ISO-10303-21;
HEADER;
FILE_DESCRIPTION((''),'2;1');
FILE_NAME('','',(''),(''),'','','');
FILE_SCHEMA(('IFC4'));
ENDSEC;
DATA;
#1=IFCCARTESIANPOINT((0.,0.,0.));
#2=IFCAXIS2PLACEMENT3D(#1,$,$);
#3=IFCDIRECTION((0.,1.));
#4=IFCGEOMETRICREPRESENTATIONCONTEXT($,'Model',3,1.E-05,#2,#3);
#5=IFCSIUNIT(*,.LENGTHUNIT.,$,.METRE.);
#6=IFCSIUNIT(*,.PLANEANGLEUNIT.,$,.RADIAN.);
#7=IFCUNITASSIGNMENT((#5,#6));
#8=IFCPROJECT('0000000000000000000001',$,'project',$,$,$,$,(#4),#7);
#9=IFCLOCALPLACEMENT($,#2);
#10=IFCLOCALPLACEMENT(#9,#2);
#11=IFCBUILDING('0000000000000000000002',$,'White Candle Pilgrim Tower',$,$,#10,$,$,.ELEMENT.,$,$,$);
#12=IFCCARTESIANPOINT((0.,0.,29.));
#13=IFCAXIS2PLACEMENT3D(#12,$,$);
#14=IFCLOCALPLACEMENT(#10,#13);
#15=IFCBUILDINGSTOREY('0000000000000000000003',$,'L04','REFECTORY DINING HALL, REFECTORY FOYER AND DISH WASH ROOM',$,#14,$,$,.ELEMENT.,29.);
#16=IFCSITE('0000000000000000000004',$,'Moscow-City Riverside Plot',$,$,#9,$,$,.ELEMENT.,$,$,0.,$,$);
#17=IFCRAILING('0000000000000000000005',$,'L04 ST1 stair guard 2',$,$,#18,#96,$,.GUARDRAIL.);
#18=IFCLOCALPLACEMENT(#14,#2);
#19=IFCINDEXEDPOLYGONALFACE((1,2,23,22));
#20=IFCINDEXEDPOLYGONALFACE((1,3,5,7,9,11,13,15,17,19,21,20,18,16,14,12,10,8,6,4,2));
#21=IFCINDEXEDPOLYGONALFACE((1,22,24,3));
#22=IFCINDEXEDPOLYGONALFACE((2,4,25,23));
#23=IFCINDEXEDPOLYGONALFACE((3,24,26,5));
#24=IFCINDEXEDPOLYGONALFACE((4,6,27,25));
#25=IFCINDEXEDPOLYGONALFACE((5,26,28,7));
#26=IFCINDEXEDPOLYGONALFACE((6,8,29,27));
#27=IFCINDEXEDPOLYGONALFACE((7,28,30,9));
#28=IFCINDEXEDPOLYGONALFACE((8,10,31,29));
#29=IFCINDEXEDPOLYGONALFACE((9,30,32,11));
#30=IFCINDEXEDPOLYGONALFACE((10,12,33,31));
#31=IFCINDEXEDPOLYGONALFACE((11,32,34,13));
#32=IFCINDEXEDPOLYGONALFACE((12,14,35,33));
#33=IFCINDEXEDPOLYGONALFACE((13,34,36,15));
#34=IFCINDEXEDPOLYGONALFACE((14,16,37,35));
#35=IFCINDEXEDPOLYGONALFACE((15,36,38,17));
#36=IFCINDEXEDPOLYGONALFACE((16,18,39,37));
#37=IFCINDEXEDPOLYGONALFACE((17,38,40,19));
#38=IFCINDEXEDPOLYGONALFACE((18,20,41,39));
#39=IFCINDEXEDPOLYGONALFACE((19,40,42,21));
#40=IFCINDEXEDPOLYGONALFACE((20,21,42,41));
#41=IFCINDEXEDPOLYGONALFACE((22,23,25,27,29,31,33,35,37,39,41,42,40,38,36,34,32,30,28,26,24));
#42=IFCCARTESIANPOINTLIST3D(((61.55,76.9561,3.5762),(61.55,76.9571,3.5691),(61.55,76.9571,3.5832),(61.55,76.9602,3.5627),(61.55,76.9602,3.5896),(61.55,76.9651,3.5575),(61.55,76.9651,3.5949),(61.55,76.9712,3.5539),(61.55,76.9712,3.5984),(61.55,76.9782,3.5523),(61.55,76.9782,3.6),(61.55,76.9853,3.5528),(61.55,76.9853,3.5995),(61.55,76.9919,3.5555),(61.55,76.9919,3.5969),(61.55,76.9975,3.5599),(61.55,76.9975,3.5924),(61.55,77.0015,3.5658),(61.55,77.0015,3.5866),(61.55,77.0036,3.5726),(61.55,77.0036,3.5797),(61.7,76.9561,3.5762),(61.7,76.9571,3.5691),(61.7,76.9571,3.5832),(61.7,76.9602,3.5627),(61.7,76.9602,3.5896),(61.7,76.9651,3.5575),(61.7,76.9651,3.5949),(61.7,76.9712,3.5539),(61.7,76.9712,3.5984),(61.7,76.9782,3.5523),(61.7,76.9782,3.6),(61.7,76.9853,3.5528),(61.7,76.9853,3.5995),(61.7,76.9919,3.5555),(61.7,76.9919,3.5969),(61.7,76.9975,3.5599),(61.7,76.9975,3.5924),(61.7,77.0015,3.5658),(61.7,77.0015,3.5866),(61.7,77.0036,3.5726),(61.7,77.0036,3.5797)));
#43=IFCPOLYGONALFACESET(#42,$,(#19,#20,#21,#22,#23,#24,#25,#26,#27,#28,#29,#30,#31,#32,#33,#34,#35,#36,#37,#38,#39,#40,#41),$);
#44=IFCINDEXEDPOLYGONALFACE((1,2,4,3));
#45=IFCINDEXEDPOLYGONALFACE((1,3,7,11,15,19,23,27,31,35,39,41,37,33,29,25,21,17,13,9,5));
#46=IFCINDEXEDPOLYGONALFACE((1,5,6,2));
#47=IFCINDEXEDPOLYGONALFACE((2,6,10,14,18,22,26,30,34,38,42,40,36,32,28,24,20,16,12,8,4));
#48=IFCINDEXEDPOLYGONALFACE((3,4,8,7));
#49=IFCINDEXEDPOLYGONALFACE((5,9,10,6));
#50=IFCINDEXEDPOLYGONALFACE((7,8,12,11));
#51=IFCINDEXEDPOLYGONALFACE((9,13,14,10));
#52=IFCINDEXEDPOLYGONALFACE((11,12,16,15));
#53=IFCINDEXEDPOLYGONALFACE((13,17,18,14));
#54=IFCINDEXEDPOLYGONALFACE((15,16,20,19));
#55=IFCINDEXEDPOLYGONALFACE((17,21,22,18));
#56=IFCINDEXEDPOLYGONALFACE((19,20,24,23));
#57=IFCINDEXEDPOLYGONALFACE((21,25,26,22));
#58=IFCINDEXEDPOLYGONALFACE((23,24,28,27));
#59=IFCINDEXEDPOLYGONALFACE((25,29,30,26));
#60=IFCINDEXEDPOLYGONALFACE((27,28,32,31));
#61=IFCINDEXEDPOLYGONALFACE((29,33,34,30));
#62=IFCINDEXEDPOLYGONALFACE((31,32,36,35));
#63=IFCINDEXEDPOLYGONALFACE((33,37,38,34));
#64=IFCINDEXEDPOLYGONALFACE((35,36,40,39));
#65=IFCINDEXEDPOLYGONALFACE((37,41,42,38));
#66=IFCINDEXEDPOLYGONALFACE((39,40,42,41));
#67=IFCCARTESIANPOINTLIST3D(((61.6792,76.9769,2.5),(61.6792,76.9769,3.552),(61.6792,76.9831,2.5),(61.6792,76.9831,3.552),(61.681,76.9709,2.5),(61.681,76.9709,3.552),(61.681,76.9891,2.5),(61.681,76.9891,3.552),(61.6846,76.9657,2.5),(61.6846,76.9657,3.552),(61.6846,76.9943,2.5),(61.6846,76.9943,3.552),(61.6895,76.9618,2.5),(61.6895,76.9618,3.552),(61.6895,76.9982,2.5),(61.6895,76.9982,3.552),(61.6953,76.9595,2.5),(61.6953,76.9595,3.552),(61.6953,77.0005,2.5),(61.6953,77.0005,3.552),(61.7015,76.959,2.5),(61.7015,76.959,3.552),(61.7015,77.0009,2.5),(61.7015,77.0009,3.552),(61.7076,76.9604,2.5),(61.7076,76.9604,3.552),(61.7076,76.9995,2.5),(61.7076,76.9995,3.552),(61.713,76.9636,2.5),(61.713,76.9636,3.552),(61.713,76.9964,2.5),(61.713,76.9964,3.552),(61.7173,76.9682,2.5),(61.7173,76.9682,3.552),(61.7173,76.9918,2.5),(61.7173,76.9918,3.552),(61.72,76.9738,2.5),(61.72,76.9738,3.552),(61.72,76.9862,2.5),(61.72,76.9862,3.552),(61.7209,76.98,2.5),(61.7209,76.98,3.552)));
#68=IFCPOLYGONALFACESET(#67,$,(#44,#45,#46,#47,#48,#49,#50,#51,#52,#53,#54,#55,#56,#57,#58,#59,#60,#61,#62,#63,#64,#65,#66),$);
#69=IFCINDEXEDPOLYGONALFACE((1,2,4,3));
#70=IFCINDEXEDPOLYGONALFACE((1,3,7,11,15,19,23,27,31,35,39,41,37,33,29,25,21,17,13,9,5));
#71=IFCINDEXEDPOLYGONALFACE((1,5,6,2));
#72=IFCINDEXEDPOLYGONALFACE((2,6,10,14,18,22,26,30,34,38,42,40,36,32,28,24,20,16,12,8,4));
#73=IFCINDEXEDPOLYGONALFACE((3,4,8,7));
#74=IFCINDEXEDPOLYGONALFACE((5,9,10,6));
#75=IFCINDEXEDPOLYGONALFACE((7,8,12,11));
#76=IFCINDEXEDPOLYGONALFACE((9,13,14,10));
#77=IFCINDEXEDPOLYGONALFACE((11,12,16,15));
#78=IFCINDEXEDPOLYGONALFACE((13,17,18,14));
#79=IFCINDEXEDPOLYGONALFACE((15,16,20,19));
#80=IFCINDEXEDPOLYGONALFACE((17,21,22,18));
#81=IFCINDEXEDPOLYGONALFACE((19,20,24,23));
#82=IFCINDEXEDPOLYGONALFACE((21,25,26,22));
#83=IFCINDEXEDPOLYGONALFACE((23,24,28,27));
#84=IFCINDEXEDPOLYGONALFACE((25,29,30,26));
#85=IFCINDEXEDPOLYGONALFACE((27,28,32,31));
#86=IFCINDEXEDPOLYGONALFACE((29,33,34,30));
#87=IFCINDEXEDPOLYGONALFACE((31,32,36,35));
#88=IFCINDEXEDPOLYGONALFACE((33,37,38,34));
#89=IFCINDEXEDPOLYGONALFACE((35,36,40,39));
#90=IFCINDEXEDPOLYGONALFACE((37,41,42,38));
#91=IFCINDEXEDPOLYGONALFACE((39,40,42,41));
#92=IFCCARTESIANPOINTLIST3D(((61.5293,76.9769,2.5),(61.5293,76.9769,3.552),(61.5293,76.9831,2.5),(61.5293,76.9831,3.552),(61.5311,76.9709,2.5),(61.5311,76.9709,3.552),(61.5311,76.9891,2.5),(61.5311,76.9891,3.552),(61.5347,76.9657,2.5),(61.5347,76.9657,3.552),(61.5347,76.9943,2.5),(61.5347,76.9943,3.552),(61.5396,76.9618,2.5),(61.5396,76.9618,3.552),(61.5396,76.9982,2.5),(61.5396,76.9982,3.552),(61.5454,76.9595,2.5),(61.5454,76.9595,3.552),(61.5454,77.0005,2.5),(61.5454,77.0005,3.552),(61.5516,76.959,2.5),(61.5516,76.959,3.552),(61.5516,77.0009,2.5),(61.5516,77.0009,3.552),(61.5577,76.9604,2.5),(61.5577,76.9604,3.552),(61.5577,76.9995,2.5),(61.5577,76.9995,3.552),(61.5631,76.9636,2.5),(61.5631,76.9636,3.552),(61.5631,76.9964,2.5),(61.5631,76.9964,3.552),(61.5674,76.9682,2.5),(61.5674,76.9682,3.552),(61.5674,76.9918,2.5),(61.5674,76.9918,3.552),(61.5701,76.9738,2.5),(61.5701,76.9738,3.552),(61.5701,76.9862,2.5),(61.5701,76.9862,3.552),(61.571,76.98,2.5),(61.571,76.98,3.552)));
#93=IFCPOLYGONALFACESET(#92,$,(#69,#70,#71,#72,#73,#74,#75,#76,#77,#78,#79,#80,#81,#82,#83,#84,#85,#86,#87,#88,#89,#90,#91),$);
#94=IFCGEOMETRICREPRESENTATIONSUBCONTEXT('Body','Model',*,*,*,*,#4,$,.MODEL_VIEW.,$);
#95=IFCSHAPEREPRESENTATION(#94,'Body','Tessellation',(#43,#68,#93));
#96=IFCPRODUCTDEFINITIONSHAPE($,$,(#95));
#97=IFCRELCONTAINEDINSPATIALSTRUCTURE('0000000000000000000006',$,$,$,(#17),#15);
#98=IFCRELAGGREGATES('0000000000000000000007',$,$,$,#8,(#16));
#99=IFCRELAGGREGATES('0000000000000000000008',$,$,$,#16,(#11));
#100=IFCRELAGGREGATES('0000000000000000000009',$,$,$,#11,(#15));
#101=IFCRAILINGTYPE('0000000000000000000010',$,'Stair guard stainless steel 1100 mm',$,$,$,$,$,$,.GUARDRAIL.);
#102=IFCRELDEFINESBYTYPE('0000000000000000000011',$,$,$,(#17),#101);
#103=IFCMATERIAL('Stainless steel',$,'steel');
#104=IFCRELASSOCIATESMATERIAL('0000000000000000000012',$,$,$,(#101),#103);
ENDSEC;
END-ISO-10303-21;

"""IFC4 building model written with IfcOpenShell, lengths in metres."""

from ifc_helpers import new_model, si_unit, direction, frame, origin, origin_2d, place, context, subcontext, project, spatial, circle, extrude, material, type_object, element, save


model = new_model("IFC4")

# Units and contexts
model_context = context("Model", 3, precision=1e-05, world=origin(), true_north=direction((0.0, 1.0)))
body_context = subcontext(model_context, "Body", "Model", "MODEL_VIEW")
ifc_project = project(units=[si_unit("LENGTHUNIT", "METRE"), si_unit("PLANEANGLEUNIT", "RADIAN")], contexts=[model_context])

# Site, building, storey
site_placement = place(None, origin())
site = spatial("IfcSite", under=ifc_project, at=site_placement, Name="Moscow-City Riverside Plot", CompositionType="ELEMENT", RefElevation=0.0)
building_placement = place(site_placement, origin())
building = spatial("IfcBuilding", under=site, at=building_placement, Name="White Candle Pilgrim Tower", CompositionType="ELEMENT")
storey_placement = place(building_placement, frame((0.0, 0.0, 29.0)))
storey = spatial("IfcBuildingStorey", under=building, at=storey_placement, Name="L04", Description="REFECTORY DINING HALL, REFECTORY FOYER AND DISH WASH ROOM", CompositionType="ELEMENT", Elevation=29.0)

# Railing
ifc_material_1 = material(Name="Stainless steel", Category="steel")
railing_type_1 = type_object("IfcRailingType", Name="Stair guard stainless steel 1100 mm", PredefinedType="GUARDRAIL", material=ifc_material_1)
railing_1_placement = place(storey_placement, frame((61.7, 76.98, 2.5)))
element("IfcRailing", 1, at=railing_1_placement, inside=storey, type_object=railing_type_1, Name="L04 ST1 stair guard 2", PredefinedType="GUARDRAIL", context=body_context, shape_type="SweptSolid", body=[
    extrude(circle(Radius=0.0239, at=origin_2d()), frame((0.0, 0.0, 1.0762), z_axis=(-1.0, 0.0, 0.0), x_axis=(0.0, -1.0, 0.0)), (0.0, 0.0, 1.0), 0.1499),
    extrude(circle(Radius=0.021, at=origin_2d()), origin(), (0.0, 0.0, 1.0), 1.052),
    extrude(circle(Radius=0.021, at=origin_2d()), frame((-0.1499, 0.0, 0.0)), (0.0, 0.0, 1.0), 1.052),
])

save(model, "model.ifc")
